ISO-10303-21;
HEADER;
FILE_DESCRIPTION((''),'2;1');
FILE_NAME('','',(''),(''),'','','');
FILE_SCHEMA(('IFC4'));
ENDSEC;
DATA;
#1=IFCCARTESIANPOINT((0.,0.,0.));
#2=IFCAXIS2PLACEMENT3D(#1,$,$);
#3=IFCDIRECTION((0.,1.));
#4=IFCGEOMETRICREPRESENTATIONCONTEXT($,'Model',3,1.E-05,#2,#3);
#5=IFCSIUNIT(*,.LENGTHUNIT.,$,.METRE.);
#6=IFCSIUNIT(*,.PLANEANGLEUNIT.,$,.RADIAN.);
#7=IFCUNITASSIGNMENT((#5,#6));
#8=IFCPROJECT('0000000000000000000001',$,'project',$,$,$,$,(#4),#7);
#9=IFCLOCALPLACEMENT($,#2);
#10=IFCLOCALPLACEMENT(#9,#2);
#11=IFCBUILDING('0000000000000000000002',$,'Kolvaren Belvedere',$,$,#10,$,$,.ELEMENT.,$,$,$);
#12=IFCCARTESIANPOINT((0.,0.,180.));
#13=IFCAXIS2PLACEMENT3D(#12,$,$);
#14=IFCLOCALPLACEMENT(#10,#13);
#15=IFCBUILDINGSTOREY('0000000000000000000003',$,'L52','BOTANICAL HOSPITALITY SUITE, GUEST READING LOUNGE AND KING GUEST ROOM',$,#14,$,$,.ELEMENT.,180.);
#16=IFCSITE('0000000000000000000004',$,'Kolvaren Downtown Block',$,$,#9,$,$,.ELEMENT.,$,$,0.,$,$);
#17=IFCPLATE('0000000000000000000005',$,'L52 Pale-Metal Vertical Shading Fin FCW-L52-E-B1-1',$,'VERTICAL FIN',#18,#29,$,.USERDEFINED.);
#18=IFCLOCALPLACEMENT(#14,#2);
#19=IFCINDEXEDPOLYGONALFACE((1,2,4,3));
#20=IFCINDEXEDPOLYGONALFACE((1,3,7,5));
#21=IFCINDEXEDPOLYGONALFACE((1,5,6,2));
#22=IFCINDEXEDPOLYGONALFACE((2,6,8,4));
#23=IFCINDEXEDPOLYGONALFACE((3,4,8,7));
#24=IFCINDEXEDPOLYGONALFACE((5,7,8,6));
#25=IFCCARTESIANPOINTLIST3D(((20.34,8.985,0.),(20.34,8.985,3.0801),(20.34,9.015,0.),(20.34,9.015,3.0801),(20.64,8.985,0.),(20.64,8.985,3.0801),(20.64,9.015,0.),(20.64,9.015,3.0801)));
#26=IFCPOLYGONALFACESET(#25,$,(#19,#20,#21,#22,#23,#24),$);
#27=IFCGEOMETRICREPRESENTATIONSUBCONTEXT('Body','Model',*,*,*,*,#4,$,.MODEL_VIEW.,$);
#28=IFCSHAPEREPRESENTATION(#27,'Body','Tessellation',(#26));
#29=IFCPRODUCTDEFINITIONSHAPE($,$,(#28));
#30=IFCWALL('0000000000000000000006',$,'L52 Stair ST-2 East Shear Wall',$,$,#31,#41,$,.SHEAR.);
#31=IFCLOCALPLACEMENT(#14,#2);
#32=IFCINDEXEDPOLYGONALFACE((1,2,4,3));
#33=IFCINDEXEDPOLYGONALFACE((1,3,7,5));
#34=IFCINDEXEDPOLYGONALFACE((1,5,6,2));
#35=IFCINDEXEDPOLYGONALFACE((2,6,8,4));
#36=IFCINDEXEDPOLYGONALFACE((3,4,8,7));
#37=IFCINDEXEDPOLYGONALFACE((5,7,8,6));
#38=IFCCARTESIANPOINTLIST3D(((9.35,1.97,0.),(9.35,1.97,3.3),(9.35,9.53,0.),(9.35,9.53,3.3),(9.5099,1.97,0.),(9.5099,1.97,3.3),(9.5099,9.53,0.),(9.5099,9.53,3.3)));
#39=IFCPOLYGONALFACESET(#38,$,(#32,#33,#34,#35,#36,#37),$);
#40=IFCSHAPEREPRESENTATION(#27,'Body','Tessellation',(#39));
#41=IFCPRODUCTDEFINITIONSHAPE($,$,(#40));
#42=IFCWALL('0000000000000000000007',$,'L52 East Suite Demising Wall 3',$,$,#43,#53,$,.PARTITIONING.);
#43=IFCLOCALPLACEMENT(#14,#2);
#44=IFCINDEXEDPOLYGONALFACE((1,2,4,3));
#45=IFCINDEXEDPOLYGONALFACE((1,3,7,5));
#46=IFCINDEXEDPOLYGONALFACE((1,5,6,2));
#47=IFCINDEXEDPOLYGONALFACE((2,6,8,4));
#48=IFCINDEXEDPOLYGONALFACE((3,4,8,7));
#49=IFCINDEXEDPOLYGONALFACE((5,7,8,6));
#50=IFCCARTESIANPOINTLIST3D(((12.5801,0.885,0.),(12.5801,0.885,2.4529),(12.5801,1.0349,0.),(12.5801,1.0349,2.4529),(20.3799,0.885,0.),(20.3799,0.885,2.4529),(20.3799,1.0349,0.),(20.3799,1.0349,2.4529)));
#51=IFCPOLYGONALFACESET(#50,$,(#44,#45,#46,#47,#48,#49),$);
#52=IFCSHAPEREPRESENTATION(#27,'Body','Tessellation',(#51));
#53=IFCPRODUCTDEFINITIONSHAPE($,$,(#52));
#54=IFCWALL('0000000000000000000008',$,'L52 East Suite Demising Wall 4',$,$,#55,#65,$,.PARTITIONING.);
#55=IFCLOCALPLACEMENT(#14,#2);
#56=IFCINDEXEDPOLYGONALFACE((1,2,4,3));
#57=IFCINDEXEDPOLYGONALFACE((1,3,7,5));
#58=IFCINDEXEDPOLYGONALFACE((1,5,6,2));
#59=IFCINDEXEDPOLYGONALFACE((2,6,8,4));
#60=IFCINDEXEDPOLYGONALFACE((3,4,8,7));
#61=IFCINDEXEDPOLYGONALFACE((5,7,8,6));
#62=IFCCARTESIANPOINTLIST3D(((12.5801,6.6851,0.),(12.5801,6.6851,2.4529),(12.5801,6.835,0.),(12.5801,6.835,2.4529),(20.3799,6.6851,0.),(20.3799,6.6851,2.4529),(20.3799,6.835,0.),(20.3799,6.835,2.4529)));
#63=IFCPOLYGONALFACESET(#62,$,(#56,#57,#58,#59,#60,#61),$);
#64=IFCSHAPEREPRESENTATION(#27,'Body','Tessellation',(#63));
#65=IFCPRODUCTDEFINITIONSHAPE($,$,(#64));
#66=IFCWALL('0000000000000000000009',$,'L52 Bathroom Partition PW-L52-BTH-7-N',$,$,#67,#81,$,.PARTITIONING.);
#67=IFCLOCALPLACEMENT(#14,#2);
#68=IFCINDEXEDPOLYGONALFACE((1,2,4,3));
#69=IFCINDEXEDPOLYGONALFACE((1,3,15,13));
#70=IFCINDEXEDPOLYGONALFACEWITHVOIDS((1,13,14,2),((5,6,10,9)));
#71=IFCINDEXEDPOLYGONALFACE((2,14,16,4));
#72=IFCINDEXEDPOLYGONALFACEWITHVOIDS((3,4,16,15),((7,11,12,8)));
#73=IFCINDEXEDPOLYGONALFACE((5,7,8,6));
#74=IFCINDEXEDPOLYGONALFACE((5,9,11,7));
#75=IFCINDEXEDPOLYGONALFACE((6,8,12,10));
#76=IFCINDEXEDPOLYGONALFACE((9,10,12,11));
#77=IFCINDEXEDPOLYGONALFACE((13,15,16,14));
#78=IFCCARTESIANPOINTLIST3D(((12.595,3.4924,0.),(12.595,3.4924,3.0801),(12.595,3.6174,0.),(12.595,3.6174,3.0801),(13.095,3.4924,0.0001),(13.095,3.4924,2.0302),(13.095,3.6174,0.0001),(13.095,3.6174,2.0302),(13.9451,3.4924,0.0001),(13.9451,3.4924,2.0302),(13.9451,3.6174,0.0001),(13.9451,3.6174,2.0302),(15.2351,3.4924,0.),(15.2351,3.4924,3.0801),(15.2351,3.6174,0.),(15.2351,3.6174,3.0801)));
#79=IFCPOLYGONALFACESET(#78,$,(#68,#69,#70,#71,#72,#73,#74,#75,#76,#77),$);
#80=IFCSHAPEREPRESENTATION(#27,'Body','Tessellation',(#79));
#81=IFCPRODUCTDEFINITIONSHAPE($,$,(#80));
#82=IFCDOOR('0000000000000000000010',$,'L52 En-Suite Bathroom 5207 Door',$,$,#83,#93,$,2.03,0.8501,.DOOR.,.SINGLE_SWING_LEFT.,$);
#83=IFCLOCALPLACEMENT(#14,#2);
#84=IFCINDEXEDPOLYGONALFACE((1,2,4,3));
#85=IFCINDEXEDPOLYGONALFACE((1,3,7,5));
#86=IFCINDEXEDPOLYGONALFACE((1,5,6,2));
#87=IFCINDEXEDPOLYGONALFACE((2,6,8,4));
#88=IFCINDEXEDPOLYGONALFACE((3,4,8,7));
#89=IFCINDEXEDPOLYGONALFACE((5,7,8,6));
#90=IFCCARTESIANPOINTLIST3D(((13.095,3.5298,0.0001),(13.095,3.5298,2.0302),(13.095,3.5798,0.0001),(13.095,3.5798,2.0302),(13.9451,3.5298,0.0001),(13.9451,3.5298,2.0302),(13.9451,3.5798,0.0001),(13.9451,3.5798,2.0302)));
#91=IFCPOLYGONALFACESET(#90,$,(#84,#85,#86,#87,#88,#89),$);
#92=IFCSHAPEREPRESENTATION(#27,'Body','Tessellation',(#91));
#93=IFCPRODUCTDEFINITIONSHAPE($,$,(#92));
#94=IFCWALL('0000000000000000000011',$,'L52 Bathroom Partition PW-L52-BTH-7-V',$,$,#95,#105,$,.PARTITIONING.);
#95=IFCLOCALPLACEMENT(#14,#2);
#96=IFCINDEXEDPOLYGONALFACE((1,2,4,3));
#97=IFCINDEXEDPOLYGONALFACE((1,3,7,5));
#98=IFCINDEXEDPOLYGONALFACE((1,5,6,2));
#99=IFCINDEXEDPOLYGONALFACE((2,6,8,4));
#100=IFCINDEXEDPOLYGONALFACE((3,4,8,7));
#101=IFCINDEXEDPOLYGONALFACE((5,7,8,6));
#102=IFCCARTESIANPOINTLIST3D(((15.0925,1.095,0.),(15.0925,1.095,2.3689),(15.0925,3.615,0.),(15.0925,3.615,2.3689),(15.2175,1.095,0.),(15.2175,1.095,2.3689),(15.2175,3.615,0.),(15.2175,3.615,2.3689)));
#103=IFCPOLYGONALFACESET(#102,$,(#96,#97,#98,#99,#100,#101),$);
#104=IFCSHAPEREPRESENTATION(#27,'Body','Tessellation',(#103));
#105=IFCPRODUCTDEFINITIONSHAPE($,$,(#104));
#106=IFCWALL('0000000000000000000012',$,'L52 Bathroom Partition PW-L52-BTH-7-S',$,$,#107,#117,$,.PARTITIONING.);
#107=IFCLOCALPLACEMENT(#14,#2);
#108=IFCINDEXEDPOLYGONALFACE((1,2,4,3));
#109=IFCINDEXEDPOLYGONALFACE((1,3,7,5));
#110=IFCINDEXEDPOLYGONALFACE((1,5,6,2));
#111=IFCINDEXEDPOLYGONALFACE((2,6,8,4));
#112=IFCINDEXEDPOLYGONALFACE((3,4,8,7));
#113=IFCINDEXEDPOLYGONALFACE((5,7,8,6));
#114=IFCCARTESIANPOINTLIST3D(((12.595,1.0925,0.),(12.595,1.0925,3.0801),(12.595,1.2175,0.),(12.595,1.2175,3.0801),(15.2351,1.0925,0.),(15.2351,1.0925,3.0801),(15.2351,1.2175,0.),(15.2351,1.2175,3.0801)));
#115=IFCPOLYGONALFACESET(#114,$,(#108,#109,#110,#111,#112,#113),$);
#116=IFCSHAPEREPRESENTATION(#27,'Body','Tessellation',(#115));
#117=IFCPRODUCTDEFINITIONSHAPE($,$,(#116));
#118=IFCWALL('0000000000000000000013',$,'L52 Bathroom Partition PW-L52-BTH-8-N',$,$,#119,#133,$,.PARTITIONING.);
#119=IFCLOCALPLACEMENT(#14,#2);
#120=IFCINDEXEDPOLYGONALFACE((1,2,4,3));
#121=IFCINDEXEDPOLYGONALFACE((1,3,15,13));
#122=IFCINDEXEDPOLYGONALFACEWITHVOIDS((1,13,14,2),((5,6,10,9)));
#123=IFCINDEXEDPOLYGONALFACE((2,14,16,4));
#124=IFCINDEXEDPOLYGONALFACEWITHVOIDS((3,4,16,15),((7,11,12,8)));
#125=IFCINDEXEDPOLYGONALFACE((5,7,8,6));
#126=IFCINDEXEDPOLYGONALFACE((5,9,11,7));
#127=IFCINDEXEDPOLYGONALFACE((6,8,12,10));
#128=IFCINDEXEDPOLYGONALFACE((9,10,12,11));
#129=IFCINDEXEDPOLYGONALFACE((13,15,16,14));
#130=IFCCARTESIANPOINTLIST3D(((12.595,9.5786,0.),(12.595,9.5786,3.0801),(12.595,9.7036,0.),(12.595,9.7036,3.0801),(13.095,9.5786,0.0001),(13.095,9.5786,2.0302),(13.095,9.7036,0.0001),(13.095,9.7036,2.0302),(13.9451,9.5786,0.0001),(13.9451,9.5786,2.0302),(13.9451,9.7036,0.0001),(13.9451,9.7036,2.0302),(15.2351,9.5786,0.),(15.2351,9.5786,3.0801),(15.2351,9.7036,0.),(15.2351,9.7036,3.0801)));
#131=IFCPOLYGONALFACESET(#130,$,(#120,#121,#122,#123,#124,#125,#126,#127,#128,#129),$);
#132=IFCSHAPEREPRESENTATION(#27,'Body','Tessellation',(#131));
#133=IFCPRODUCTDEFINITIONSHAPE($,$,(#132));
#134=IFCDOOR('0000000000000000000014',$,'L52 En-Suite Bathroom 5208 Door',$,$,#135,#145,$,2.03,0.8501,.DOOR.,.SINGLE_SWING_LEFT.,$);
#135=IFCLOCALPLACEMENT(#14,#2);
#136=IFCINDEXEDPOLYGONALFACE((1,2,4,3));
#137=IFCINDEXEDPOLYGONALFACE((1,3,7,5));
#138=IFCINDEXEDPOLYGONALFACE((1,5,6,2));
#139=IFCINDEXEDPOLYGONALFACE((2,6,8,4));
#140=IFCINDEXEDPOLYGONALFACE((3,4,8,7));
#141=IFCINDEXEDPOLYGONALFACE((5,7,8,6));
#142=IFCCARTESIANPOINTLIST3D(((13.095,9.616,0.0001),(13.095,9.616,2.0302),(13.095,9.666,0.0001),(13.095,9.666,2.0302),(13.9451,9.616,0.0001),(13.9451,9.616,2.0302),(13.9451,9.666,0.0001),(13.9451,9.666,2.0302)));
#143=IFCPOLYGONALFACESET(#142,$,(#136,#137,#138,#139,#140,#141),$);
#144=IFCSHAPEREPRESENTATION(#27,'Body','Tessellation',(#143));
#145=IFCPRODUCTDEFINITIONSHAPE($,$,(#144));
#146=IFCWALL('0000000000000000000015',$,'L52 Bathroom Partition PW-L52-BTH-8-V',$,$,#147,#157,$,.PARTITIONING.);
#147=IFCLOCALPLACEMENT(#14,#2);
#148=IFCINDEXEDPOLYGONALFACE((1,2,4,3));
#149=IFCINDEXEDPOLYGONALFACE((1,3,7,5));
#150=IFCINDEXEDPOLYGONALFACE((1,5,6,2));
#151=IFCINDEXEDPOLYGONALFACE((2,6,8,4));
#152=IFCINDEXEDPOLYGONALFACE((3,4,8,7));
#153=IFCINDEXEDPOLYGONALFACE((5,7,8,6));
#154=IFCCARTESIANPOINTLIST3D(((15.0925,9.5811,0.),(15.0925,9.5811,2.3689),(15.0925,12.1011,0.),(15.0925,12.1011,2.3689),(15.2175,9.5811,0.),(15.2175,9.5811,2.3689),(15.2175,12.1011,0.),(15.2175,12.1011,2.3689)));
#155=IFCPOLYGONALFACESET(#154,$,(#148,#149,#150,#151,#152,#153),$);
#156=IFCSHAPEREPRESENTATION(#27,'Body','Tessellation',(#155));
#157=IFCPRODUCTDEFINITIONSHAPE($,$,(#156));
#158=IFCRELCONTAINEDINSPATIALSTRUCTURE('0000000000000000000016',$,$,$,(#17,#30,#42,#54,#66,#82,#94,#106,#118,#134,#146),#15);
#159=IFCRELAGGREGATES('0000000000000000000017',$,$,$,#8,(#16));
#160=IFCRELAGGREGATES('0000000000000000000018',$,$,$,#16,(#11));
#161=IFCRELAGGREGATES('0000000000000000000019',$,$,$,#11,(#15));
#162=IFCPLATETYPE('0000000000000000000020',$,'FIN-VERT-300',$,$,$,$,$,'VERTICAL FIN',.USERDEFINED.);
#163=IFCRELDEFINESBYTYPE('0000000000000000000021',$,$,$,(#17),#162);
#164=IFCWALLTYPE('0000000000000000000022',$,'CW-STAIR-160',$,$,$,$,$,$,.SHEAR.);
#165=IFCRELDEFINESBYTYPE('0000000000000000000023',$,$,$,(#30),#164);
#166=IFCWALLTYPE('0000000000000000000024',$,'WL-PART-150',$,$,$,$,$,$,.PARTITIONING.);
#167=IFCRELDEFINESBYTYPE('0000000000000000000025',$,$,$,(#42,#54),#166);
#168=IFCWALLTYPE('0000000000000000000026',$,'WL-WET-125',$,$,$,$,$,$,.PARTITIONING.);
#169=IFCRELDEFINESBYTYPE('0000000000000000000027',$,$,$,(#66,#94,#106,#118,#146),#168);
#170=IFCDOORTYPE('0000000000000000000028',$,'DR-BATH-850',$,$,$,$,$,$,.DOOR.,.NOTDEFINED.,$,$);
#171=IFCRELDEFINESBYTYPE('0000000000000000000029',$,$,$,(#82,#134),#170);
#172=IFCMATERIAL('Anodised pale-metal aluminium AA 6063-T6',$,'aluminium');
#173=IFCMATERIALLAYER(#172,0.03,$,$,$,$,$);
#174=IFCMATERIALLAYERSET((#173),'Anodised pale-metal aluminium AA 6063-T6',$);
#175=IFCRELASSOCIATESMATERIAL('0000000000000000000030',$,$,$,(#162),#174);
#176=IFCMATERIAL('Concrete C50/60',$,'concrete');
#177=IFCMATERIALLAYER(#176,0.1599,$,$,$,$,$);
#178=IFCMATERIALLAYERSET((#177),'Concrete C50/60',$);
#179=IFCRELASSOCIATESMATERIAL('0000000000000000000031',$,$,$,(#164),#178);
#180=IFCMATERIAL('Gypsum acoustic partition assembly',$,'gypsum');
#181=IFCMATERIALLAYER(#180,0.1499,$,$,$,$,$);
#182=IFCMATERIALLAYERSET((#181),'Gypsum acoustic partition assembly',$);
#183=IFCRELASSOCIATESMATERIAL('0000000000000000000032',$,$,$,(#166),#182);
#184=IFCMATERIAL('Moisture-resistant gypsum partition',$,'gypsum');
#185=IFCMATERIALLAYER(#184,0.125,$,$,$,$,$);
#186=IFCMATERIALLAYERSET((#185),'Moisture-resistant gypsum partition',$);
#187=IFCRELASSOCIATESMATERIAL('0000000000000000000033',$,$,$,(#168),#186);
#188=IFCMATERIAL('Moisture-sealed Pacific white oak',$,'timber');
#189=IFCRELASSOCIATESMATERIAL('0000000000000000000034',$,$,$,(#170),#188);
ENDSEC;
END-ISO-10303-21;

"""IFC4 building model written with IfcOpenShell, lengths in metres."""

from ifc_helpers import new_model, si_unit, direction, frame, frame_2d, origin, origin_2d, place, context, subcontext, project, spatial, rectangle, extrude, material, layer, layer_set, type_object, element, fill, save


model = new_model("IFC4")

# Units and contexts
model_context = context("Model", 3, precision=1e-05, world=origin(), true_north=direction((0.0, 1.0)))
body_context = subcontext(model_context, "Body", "Model", "MODEL_VIEW")
ifc_project = project(units=[si_unit("LENGTHUNIT", "METRE"), si_unit("PLANEANGLEUNIT", "RADIAN")], contexts=[model_context])

# Site, building, storey
site_placement = place(None, origin())
site = spatial("IfcSite", under=ifc_project, at=site_placement, Name="Kolvaren Downtown Block", CompositionType="ELEMENT", RefElevation=0.0)
building_placement = place(site_placement, origin())
building = spatial("IfcBuilding", under=site, at=building_placement, Name="Kolvaren Belvedere", CompositionType="ELEMENT")
storey_placement = place(building_placement, frame((0.0, 0.0, 180.0)))
storey = spatial("IfcBuildingStorey", under=building, at=storey_placement, Name="L52", Description="BOTANICAL HOSPITALITY SUITE, GUEST READING LOUNGE AND KING GUEST ROOM", CompositionType="ELEMENT", Elevation=180.0)

# Plate
ifc_material_1 = material(Name="Anodised pale-metal aluminium AA 6063-T6", Category="aluminium")
ifc_layer_1 = layer(ifc_material_1, 0.03)
ifc_layer_set_1 = layer_set([ifc_layer_1], Name="Anodised pale-metal aluminium AA 6063-T6")
plate_type_1 = type_object("IfcPlateType", Name="FIN-VERT-300", ElementType="VERTICAL FIN", PredefinedType="USERDEFINED", material=ifc_layer_set_1)
plate_1_placement = place(storey_placement, frame((20.49, 9.0, 0.0), z_axis=(0.0, 0.0, 1.0), x_axis=(1.0, 0.0, 0.0)))
element("IfcPlate", 1, at=plate_1_placement, inside=storey, type_object=plate_type_1, Name="L52 Pale-Metal Vertical Shading Fin FCW-L52-E-B1-1", ObjectType="VERTICAL FIN", PredefinedType="USERDEFINED", context=body_context, shape_type="SweptSolid", body=[
    extrude(rectangle(XDim=0.3, YDim=0.03, at=origin_2d()), origin(), (0.0, 0.0, 1.0), 3.0801),
])

# Walls
ifc_material_2 = material(Name="Concrete C50/60", Category="concrete")
ifc_layer_2 = layer(ifc_material_2, 0.1599)
ifc_layer_set_2 = layer_set([ifc_layer_2], Name="Concrete C50/60")
wall_type_1 = type_object("IfcWallType", Name="CW-STAIR-160", PredefinedType="SHEAR", material=ifc_layer_set_2)
wall_1_placement = place(storey_placement, frame((9.4299, 1.97, 0.0), z_axis=(0.0, 0.0, 1.0), x_axis=(0.0, 1.0, 0.0)))
element("IfcWall", 2, at=wall_1_placement, inside=storey, type_object=wall_type_1, Name="L52 Stair ST-2 East Shear Wall", PredefinedType="SHEAR", context=body_context, shape_type="SweptSolid", body=[
    extrude(rectangle(XDim=7.5601, YDim=0.1599, at=frame_2d((3.78, 0.0))), origin(), (0.0, 0.0, 1.0), 3.3),
])
ifc_material_3 = material(Name="Gypsum acoustic partition assembly", Category="gypsum")
ifc_layer_3 = layer(ifc_material_3, 0.1499)
ifc_layer_set_3 = layer_set([ifc_layer_3], Name="Gypsum acoustic partition assembly")
wall_type_2 = type_object("IfcWallType", Name="WL-PART-150", PredefinedType="PARTITIONING", material=ifc_layer_set_3)
for number, where, z_axis, x_axis, name in (
    (3, (12.5801, 0.96, 0.0), (0.0, 0.0, 1.0), (1.0, 0.0, 0.0), "L52 East Suite Demising Wall 3"),
    (4, (12.5801, 6.76, 0.0), (0.0, 0.0, 1.0), (1.0, 0.0, 0.0), "L52 East Suite Demising Wall 4"),
):
    element("IfcWall", number, at=place(storey_placement, frame(where, z_axis=z_axis, x_axis=x_axis)), inside=storey, type_object=wall_type_2, Name=name, PredefinedType="PARTITIONING", context=body_context, shape_type="SweptSolid", body=[
        extrude(rectangle(XDim=7.7998, YDim=0.1499, at=frame_2d((3.8999, 0.0))), origin(), (0.0, 0.0, 1.0), 2.4529),
    ])

# Wall, opening, door
ifc_material_4 = material(Name="Moisture-resistant gypsum partition", Category="gypsum")
ifc_layer_4 = layer(ifc_material_4, 0.125)
ifc_layer_set_4 = layer_set([ifc_layer_4], Name="Moisture-resistant gypsum partition")
wall_type_3 = type_object("IfcWallType", Name="WL-WET-125", PredefinedType="PARTITIONING", material=ifc_layer_set_4)
wall_2_placement = place(storey_placement, frame((12.595, 3.5549, 0.0), z_axis=(0.0, 0.0, 1.0), x_axis=(1.0, 0.0, 0.0)))
wall_2 = element("IfcWall", 5, at=wall_2_placement, inside=storey, type_object=wall_type_3, Name="L52 Bathroom Partition PW-L52-BTH-7-N", PredefinedType="PARTITIONING", context=body_context, shape_type="SweptSolid", body=[
    extrude(rectangle(XDim=2.6401, YDim=0.125, at=frame_2d((1.3201, 0.0))), origin(), (0.0, 0.0, 1.0), 3.0801),
])
opening_1_placement = place(wall_2_placement, frame((0.5, 0.0, 0.0)))
opening_1 = element("IfcOpeningElement", 6, at=opening_1_placement, cuts=wall_2, PredefinedType="OPENING", context=body_context, shape_type="SweptSolid", body=[
    extrude(rectangle(XDim=0.8501, YDim=2.03, at=frame_2d((0.425, 1.0151))), frame((0.0, 0.0725, 0.0), z_axis=(0.0, -1.0, 0.0), x_axis=(1.0, 0.0, 0.0)), (0.0, 0.0, 1.0), 0.145),
])
ifc_material_5 = material(Name="Moisture-sealed Pacific white oak", Category="timber")
door_type = type_object("IfcDoorType", Name="DR-BATH-850", OperationType="NOTDEFINED", PredefinedType="DOOR", material=ifc_material_5)
door_1_placement = place(opening_1_placement, origin())
door_1 = element("IfcDoor", 7, at=door_1_placement, inside=storey, type_object=door_type, Name="L52 En-Suite Bathroom 5207 Door", OperationType="SINGLE_SWING_LEFT", OverallHeight=2.03, OverallWidth=0.8501, PredefinedType="DOOR", context=body_context, shape_type="SweptSolid", body=[
    extrude(rectangle(XDim=0.8501, YDim=2.03, at=frame_2d((0.425, 1.0151))), frame((0.0, 0.0249, 0.0), z_axis=(0.0, -1.0, 0.0), x_axis=(1.0, 0.0, 0.0)), (0.0, 0.0, 1.0), 0.05),
])
fill(opening_1, door_1)

# Walls
wall_3_placement = place(storey_placement, frame((15.155, 1.095, 0.0), z_axis=(0.0, 0.0, 1.0), x_axis=(0.0, 1.0, 0.0)))
element("IfcWall", 8, at=wall_3_placement, inside=storey, type_object=wall_type_3, Name="L52 Bathroom Partition PW-L52-BTH-7-V", PredefinedType="PARTITIONING", context=body_context, shape_type="SweptSolid", body=[
    extrude(rectangle(XDim=2.52, YDim=0.125, at=frame_2d((1.26, 0.0))), origin(), (0.0, 0.0, 1.0), 2.3689),
])
wall_4_placement = place(storey_placement, frame((12.595, 1.155, 0.0), z_axis=(0.0, 0.0, 1.0), x_axis=(1.0, 0.0, 0.0)))
element("IfcWall", 9, at=wall_4_placement, inside=storey, type_object=wall_type_3, Name="L52 Bathroom Partition PW-L52-BTH-7-S", PredefinedType="PARTITIONING", context=body_context, shape_type="SweptSolid", body=[
    extrude(rectangle(XDim=2.6401, YDim=0.125, at=frame_2d((1.3201, 0.0))), origin(), (0.0, 0.0, 1.0), 3.0801),
])

# Wall, opening, door
wall_5_placement = place(storey_placement, frame((12.595, 9.6411, 0.0), z_axis=(0.0, 0.0, 1.0), x_axis=(1.0, 0.0, 0.0)))
wall_5 = element("IfcWall", 10, at=wall_5_placement, inside=storey, type_object=wall_type_3, Name="L52 Bathroom Partition PW-L52-BTH-8-N", PredefinedType="PARTITIONING", context=body_context, shape_type="SweptSolid", body=[
    extrude(rectangle(XDim=2.6401, YDim=0.125, at=frame_2d((1.3201, 0.0))), origin(), (0.0, 0.0, 1.0), 3.0801),
])
opening_2_placement = place(wall_5_placement, frame((0.5, 0.0, 0.0)))
opening_2 = element("IfcOpeningElement", 11, at=opening_2_placement, cuts=wall_5, PredefinedType="OPENING", context=body_context, shape_type="SweptSolid", body=[
    extrude(rectangle(XDim=0.8501, YDim=2.03, at=frame_2d((0.425, 1.0151))), frame((0.0, 0.0725, 0.0), z_axis=(0.0, -1.0, 0.0), x_axis=(1.0, 0.0, 0.0)), (0.0, 0.0, 1.0), 0.145),
])
door_2_placement = place(opening_2_placement, origin())
door_2 = element("IfcDoor", 12, at=door_2_placement, inside=storey, type_object=door_type, Name="L52 En-Suite Bathroom 5208 Door", OperationType="SINGLE_SWING_LEFT", OverallHeight=2.03, OverallWidth=0.8501, PredefinedType="DOOR", context=body_context, shape_type="SweptSolid", body=[
    extrude(rectangle(XDim=0.8501, YDim=2.03, at=frame_2d((0.425, 1.0151))), frame((0.0, 0.0249, 0.0), z_axis=(0.0, -1.0, 0.0), x_axis=(1.0, 0.0, 0.0)), (0.0, 0.0, 1.0), 0.05),
])
fill(opening_2, door_2)

# Wall
wall_6_placement = place(storey_placement, frame((15.155, 9.5811, 0.0), z_axis=(0.0, 0.0, 1.0), x_axis=(0.0, 1.0, 0.0)))
element("IfcWall", 13, at=wall_6_placement, inside=storey, type_object=wall_type_3, Name="L52 Bathroom Partition PW-L52-BTH-8-V", PredefinedType="PARTITIONING", context=body_context, shape_type="SweptSolid", body=[
    extrude(rectangle(XDim=2.52, YDim=0.125, at=frame_2d((1.26, 0.0))), origin(), (0.0, 0.0, 1.0), 2.3689),
])

save(model, "model.ifc")
